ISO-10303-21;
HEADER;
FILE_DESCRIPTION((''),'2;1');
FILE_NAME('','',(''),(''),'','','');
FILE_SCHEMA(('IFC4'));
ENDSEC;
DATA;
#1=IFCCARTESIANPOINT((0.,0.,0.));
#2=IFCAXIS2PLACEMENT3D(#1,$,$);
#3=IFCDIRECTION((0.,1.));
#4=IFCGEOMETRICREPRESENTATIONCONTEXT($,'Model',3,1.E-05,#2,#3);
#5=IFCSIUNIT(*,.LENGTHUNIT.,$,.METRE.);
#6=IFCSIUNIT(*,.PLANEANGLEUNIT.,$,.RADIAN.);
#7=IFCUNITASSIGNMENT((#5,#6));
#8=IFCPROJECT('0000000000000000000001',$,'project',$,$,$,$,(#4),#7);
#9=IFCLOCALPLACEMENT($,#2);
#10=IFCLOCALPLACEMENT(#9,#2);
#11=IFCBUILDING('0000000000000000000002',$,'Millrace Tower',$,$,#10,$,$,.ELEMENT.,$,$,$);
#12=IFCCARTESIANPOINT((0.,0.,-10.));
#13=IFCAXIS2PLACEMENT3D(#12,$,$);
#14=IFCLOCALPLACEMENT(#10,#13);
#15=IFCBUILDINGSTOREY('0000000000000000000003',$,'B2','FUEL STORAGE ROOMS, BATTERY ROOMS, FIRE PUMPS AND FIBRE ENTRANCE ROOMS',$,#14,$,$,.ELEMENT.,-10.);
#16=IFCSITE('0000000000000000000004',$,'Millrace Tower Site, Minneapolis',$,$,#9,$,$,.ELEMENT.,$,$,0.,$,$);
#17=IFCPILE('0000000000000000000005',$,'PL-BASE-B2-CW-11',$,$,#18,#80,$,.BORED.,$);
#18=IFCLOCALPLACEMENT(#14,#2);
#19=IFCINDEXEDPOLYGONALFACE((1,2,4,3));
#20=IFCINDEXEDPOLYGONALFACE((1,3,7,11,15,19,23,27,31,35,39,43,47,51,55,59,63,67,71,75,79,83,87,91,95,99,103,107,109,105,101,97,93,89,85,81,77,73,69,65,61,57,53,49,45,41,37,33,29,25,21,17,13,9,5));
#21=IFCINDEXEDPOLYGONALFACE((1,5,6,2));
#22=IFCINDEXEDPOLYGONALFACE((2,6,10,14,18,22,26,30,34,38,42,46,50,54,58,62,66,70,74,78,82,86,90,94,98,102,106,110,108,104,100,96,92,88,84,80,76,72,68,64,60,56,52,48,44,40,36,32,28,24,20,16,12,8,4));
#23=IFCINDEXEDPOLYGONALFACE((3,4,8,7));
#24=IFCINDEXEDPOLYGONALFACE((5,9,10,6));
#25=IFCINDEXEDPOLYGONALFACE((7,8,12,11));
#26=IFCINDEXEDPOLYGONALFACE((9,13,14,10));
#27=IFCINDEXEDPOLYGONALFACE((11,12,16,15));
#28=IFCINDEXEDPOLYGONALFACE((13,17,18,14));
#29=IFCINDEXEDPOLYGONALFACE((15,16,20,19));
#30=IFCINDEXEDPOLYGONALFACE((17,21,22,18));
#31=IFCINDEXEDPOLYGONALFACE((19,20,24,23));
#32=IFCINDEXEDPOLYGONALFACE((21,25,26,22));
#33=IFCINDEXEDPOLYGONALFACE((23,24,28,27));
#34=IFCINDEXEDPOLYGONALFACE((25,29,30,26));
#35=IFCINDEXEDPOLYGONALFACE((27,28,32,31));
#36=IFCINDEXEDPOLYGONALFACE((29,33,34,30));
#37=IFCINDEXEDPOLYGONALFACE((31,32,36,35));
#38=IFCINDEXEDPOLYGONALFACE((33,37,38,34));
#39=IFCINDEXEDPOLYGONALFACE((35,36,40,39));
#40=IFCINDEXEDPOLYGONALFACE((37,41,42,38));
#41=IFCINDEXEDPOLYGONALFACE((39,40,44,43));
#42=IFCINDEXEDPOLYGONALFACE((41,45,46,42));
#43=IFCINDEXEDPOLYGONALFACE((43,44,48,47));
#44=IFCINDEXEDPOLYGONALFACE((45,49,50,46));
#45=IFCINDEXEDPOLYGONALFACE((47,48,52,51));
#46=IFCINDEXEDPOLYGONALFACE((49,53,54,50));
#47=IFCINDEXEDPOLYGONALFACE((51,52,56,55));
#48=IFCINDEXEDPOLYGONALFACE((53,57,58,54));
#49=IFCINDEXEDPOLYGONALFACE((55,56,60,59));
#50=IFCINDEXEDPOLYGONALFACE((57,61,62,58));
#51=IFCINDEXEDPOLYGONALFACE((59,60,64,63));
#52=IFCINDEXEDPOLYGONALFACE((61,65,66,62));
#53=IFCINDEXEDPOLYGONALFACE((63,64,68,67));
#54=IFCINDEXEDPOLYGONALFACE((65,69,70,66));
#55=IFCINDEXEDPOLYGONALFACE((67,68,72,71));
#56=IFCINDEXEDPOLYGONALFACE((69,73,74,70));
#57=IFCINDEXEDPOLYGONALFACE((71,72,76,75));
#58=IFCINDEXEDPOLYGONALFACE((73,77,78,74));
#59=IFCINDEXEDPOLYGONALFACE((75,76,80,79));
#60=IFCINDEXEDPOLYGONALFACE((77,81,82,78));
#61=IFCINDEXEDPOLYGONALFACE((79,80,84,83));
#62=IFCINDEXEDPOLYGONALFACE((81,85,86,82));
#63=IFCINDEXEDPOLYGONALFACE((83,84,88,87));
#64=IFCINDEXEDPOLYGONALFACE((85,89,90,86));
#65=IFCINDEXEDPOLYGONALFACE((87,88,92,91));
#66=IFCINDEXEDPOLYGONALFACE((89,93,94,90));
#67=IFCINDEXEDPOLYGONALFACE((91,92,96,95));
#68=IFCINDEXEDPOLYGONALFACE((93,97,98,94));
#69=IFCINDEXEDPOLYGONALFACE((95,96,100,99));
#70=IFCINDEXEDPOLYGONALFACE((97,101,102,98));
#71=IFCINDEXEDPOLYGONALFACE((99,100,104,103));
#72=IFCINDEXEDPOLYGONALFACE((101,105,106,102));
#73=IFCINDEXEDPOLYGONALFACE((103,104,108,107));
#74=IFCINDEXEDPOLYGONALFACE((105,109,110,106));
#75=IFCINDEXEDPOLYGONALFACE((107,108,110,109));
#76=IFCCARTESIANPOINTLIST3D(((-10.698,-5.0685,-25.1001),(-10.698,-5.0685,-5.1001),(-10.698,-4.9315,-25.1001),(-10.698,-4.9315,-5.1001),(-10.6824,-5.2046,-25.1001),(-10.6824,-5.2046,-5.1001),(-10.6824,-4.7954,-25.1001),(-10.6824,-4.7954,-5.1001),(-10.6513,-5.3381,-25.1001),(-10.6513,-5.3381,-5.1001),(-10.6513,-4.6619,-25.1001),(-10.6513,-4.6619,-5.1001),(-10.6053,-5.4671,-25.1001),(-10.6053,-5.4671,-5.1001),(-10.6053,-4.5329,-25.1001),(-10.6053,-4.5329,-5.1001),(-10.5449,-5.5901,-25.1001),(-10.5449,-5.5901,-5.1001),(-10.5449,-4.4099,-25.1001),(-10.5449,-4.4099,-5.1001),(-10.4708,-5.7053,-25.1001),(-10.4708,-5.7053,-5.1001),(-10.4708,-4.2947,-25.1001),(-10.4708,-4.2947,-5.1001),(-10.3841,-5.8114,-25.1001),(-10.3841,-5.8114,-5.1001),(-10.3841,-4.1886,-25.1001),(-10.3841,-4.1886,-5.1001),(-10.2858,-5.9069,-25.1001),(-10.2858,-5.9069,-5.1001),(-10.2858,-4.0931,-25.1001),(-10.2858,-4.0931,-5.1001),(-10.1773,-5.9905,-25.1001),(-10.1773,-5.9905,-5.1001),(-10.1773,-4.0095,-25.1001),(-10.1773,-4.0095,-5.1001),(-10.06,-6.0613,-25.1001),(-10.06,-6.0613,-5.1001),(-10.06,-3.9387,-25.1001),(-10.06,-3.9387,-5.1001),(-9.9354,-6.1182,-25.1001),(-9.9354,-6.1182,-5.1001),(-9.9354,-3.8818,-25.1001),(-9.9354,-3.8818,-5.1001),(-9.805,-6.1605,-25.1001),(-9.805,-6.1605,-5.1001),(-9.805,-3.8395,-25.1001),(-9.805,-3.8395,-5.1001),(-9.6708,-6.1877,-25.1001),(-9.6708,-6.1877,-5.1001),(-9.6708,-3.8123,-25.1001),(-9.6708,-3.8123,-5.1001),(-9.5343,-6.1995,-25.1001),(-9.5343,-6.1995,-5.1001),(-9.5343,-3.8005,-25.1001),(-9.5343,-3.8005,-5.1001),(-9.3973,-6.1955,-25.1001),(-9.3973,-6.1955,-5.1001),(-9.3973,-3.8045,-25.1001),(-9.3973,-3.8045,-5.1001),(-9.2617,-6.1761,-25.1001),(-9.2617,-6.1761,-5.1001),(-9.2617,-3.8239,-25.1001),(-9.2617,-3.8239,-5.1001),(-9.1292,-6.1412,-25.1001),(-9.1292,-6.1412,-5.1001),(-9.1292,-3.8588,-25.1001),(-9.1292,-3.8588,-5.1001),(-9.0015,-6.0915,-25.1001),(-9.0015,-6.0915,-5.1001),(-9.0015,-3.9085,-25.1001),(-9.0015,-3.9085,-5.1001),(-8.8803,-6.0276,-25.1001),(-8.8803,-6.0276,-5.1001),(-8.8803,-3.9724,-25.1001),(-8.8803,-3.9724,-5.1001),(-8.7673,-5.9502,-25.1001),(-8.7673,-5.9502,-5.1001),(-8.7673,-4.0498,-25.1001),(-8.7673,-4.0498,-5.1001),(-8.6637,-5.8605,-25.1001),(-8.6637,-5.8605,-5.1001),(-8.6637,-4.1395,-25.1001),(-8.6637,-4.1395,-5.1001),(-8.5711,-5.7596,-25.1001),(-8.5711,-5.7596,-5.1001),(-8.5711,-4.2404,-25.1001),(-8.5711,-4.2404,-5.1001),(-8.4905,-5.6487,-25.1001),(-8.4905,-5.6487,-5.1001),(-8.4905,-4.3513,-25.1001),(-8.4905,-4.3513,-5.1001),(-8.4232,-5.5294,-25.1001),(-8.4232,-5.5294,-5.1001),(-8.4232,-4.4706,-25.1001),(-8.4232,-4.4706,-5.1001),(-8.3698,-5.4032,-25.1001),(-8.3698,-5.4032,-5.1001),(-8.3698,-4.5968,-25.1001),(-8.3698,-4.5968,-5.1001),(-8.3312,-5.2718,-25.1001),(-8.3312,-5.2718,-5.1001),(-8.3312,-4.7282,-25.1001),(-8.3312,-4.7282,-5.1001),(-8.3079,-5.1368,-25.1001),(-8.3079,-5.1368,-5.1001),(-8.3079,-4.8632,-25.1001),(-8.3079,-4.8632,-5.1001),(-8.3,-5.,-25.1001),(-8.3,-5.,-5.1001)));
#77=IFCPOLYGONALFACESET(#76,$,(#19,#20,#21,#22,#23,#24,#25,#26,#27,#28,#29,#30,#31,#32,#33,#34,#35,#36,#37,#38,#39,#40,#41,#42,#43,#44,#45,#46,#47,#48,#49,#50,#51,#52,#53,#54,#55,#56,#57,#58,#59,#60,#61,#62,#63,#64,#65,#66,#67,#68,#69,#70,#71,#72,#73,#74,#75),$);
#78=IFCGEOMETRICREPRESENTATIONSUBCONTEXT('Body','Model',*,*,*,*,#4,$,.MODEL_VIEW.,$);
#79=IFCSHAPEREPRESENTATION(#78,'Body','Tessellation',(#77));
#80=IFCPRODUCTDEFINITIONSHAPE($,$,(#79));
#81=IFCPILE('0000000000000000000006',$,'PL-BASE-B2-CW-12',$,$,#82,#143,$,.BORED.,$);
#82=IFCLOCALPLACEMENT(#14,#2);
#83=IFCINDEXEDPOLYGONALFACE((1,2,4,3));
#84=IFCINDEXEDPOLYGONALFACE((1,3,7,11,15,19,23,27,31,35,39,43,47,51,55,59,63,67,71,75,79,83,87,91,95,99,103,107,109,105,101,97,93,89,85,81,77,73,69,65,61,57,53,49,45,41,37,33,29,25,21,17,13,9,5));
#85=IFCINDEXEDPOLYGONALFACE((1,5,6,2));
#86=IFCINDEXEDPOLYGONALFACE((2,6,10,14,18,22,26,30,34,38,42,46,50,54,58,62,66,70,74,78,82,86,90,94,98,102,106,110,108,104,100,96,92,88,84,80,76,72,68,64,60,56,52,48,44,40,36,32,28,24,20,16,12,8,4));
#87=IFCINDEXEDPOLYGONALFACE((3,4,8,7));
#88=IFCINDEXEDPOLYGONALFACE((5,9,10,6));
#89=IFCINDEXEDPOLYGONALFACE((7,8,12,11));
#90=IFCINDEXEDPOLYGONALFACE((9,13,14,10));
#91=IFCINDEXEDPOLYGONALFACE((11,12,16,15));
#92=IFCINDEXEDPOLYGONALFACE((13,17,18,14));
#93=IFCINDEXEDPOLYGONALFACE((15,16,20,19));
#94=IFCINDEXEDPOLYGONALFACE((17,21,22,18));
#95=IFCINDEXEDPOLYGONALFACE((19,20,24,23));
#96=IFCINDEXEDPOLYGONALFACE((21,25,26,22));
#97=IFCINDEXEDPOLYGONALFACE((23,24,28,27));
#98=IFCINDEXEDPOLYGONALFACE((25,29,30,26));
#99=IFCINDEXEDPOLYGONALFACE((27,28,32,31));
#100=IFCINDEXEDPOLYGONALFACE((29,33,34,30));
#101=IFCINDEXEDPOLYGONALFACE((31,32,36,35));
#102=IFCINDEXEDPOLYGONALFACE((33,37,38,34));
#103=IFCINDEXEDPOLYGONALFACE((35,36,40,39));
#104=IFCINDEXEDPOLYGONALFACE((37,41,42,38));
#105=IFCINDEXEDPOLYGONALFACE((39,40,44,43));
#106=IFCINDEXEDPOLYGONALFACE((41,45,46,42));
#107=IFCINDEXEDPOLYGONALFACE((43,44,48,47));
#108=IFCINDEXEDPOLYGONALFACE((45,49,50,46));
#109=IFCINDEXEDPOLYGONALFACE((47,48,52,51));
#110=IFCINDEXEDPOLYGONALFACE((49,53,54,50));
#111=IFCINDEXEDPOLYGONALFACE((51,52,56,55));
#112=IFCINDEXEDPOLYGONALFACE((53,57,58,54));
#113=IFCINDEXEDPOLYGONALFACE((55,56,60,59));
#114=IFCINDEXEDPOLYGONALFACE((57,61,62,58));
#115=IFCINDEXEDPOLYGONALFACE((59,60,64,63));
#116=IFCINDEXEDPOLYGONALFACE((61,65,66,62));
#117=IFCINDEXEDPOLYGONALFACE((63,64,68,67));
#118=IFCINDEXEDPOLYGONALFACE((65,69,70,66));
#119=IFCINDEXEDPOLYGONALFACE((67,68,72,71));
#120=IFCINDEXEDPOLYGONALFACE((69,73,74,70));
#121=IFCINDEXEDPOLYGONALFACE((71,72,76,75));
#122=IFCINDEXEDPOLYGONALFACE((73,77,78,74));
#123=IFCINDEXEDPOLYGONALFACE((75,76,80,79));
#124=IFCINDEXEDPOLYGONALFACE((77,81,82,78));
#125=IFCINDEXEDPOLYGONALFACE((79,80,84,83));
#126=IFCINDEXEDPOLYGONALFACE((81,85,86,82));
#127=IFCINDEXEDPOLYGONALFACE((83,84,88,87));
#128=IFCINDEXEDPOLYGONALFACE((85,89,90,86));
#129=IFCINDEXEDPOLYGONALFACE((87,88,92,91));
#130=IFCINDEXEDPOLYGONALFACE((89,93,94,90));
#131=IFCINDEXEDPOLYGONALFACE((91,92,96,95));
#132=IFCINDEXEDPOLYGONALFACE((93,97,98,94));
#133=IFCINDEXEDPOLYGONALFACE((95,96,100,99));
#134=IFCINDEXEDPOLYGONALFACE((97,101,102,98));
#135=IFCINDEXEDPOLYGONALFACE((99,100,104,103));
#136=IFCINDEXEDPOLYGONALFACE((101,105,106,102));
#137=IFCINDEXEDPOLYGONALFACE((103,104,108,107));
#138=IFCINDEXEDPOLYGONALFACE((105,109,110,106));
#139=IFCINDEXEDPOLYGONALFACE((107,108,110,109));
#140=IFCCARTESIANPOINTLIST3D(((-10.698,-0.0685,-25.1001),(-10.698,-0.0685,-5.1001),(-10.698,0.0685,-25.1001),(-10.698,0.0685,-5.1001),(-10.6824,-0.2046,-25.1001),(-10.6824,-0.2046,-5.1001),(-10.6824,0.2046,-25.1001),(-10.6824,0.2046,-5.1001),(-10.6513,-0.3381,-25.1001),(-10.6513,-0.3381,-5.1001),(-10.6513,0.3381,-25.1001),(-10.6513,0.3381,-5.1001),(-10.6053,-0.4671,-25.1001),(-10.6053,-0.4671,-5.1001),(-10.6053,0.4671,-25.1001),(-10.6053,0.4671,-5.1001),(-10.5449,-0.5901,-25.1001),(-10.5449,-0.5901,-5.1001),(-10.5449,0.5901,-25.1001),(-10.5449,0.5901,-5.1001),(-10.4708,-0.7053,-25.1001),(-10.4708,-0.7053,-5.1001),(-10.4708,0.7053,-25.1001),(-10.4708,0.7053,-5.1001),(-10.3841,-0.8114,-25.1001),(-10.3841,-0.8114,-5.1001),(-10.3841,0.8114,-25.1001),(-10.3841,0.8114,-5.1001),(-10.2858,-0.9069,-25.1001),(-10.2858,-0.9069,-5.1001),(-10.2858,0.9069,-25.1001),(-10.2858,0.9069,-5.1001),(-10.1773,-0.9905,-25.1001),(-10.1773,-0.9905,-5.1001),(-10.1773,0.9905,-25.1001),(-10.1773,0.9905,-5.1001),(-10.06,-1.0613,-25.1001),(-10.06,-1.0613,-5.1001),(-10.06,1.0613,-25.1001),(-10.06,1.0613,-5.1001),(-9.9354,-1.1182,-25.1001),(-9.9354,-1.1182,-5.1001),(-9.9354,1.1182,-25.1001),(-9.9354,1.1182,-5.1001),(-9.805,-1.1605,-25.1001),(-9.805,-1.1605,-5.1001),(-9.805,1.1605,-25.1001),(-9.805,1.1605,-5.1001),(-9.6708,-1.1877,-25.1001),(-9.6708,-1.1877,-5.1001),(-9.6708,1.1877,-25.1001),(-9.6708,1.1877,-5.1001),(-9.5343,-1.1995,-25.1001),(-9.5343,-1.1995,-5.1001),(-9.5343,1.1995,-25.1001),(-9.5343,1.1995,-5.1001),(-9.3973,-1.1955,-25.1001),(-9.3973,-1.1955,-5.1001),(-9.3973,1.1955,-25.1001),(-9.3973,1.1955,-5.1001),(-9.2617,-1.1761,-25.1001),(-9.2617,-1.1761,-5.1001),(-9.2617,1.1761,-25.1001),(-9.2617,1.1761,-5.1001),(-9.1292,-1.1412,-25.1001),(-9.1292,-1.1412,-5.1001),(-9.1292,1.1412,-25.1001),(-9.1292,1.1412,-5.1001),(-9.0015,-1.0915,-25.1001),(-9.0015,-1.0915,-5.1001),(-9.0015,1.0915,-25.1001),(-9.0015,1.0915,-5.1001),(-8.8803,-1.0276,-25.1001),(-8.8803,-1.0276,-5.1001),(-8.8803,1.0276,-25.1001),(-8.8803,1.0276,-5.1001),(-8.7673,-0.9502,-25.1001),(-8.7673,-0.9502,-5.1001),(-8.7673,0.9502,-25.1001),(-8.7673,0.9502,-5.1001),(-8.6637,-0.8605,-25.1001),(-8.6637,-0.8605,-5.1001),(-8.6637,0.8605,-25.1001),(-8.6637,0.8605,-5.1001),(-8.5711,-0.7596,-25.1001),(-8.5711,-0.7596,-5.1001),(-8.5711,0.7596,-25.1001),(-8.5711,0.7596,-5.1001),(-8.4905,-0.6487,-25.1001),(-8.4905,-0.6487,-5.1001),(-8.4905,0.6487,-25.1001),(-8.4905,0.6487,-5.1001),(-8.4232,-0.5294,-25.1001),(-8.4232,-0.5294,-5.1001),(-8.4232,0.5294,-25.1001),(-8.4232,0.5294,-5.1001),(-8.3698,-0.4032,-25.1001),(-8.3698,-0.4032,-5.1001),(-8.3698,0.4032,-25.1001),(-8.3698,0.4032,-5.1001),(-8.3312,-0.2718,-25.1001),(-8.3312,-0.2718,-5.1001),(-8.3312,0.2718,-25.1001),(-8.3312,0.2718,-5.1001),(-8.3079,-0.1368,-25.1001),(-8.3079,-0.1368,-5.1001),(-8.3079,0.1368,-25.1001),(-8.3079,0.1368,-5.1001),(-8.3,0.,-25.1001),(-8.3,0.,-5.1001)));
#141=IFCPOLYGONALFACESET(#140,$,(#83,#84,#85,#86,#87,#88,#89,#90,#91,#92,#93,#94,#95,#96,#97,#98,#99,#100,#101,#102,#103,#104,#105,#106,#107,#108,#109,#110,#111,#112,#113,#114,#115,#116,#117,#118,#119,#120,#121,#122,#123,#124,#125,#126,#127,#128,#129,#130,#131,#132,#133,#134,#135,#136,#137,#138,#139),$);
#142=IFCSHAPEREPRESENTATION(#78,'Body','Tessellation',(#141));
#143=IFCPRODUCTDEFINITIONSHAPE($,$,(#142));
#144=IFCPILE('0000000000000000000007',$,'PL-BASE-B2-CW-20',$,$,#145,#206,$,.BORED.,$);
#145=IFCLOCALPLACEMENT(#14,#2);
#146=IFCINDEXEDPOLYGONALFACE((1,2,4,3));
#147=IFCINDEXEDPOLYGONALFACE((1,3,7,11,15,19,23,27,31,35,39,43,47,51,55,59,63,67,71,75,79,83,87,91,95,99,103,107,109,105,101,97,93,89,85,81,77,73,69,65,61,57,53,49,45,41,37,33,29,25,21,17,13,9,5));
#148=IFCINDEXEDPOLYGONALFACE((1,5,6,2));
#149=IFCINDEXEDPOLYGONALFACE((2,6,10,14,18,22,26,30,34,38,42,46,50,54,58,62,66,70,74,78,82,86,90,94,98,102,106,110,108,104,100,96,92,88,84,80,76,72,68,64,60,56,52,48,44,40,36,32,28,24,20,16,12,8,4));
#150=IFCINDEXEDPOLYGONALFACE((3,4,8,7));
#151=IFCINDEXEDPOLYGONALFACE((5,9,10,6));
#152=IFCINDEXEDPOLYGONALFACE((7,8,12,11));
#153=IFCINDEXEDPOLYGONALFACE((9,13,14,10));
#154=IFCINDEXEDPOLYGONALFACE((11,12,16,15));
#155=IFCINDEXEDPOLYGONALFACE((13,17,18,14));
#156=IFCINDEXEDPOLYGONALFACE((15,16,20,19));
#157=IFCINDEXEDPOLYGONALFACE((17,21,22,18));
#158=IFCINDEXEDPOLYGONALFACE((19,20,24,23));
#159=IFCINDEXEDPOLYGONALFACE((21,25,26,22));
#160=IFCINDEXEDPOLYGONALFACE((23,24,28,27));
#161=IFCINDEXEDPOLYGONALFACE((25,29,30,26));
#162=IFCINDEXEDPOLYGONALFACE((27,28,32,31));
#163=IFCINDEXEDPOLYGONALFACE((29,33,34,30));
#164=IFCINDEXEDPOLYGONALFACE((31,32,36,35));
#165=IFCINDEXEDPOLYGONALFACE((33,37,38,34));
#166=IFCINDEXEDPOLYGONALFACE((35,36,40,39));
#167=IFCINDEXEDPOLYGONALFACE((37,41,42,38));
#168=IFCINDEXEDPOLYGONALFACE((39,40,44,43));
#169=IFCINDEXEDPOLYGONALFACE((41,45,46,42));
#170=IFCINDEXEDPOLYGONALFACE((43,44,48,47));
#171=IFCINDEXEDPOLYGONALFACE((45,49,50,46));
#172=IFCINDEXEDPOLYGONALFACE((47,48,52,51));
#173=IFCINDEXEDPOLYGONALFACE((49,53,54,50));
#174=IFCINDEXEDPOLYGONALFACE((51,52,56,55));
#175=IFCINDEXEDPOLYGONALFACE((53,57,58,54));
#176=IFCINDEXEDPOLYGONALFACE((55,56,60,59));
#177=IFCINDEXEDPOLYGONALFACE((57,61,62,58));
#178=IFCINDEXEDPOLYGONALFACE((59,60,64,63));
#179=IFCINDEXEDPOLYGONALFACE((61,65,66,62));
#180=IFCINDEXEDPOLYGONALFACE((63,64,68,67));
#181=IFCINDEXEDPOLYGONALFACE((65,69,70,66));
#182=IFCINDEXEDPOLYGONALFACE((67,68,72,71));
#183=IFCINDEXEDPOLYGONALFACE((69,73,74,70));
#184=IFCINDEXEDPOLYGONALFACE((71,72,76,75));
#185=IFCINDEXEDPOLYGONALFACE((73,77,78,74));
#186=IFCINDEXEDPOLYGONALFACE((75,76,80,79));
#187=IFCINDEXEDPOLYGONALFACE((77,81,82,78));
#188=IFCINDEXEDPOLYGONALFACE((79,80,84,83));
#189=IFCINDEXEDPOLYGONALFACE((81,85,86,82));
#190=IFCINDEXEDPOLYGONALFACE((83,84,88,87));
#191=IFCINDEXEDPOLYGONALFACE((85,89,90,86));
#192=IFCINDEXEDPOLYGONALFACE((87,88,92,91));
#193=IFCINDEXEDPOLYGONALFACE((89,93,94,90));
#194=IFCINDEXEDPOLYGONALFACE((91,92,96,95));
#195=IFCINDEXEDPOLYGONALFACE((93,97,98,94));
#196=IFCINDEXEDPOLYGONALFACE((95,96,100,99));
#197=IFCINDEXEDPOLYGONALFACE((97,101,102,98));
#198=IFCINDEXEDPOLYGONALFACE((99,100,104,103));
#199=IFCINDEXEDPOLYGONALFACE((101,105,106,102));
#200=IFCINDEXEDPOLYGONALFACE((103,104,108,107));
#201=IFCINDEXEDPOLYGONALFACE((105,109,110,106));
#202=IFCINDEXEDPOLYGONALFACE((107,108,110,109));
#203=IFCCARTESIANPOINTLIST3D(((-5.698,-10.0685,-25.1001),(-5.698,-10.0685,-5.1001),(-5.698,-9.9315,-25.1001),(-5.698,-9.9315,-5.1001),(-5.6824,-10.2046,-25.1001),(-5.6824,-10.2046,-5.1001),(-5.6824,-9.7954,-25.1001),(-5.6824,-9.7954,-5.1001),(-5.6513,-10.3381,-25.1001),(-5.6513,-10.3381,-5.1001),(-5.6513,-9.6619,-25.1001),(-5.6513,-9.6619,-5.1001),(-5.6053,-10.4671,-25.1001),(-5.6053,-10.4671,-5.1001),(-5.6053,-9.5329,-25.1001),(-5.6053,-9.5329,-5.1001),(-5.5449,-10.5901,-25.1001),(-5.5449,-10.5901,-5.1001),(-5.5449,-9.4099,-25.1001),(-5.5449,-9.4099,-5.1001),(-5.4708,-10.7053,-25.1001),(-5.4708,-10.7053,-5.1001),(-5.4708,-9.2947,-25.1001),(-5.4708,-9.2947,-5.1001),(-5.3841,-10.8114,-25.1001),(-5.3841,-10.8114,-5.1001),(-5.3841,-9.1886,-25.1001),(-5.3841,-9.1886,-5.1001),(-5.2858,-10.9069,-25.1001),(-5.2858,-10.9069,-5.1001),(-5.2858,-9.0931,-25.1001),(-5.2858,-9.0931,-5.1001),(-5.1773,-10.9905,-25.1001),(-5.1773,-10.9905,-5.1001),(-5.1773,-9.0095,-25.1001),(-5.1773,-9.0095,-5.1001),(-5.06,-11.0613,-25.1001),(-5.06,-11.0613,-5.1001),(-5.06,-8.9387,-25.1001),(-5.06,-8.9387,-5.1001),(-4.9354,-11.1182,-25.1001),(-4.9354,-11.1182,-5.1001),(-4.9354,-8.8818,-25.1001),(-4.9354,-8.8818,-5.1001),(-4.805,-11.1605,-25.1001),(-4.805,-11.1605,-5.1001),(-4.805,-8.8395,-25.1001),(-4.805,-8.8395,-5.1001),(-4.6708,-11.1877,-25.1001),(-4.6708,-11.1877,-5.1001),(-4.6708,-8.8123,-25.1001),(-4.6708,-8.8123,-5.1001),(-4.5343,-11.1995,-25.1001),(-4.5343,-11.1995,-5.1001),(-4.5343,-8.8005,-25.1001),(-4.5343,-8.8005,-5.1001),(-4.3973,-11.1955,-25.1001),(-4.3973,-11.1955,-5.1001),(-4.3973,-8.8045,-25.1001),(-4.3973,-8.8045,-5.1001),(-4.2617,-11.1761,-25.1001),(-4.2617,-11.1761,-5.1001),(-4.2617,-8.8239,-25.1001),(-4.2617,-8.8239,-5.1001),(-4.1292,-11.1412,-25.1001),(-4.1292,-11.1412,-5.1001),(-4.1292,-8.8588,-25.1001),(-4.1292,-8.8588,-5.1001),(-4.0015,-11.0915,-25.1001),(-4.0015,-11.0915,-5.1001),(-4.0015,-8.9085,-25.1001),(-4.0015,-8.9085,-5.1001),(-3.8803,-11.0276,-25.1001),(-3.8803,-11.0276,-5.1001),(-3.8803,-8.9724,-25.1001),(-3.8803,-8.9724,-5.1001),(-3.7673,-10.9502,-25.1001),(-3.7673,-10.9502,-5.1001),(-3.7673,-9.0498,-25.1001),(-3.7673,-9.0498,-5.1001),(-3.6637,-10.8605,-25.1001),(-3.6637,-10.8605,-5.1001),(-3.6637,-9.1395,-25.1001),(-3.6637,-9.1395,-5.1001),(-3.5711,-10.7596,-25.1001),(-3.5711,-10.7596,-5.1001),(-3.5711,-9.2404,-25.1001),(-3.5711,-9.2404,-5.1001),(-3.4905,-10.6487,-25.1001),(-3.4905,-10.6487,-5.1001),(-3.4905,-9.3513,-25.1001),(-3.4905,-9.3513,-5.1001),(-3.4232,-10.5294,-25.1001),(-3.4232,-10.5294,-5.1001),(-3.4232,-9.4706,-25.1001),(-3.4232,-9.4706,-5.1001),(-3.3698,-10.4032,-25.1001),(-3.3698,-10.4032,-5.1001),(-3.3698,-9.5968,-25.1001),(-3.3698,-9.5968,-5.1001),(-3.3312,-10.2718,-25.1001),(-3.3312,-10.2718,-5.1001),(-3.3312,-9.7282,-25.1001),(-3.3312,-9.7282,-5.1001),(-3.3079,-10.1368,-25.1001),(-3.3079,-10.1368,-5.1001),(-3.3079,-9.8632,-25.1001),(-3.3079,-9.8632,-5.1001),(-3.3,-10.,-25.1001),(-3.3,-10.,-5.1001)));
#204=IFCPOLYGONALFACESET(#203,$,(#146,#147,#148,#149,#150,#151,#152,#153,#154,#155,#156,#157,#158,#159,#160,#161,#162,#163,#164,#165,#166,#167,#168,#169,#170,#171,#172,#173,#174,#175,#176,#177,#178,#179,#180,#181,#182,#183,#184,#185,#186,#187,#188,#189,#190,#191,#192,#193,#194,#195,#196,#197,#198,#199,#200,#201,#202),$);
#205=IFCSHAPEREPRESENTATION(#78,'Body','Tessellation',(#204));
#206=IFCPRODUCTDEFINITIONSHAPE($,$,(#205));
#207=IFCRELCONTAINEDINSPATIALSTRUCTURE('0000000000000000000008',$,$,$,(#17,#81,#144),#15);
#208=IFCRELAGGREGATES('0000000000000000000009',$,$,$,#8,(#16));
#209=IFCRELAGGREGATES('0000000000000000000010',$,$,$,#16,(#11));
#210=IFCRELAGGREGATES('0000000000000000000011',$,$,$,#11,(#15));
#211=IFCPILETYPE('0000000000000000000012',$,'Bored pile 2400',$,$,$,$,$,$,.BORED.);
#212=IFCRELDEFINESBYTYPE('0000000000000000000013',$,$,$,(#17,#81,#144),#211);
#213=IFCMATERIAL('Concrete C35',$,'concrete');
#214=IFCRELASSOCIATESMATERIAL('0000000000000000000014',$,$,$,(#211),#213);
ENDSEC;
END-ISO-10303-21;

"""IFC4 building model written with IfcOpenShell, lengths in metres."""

from ifc_helpers import new_model, si_unit, direction, frame, origin, origin_2d, place, context, subcontext, project, spatial, circle, extrude, material, material_profile, profile_set, type_object, element, save


model = new_model("IFC4")

# Units and contexts
model_context = context("Model", 3, precision=1e-05, world=origin(), true_north=direction((0.0, 1.0)))
body_context = subcontext(model_context, "Body", "Model", "MODEL_VIEW")
ifc_project = project(units=[si_unit("LENGTHUNIT", "METRE"), si_unit("PLANEANGLEUNIT", "RADIAN")], contexts=[model_context])

# Site, building, storey
site_placement = place(None, origin())
site = spatial("IfcSite", under=ifc_project, at=site_placement, Name="Millrace Tower Site, Minneapolis", CompositionType="ELEMENT", RefElevation=0.0)
building_placement = place(site_placement, origin())
building = spatial("IfcBuilding", under=site, at=building_placement, Name="Millrace Tower", CompositionType="ELEMENT")
storey_placement = place(building_placement, frame((0.0, 0.0, -10.0)))
storey = spatial("IfcBuildingStorey", under=building, at=storey_placement, Name="B2", Description="FUEL STORAGE ROOMS, BATTERY ROOMS, FIRE PUMPS AND FIBRE ENTRANCE ROOMS", CompositionType="ELEMENT", Elevation=-10.0)

# Piles
ifc_material_1 = material(Name="Concrete C35", Category="concrete")
ifc_material_profile_1 = material_profile(ifc_material_1, circle(Radius=1.2, at=origin_2d()))
ifc_profile_set_1 = profile_set([ifc_material_profile_1], Name="Concrete C35")
pile_type = type_object("IfcPileType", Name="Bored pile 2400", PredefinedType="BORED", material=ifc_profile_set_1)
for number, where, z_axis, x_axis, name in (
    (1, (-9.5, -5.0, -5.1001), (0.0, 0.0, -1.0), (1.0, 0.0, 0.0), "PL-BASE-B2-CW-11"),
    (2, (-9.5, 0.0, -5.1001), (0.0, 0.0, -1.0), (1.0, 0.0, 0.0), "PL-BASE-B2-CW-12"),
    (3, (-4.5, -10.0, -5.1001), (0.0, 0.0, -1.0), (1.0, 0.0, 0.0), "PL-BASE-B2-CW-20"),
):
    element("IfcPile", number, at=place(storey_placement, frame(where, z_axis=z_axis, x_axis=x_axis)), inside=storey, type_object=pile_type, Name=name, PredefinedType="BORED", context=body_context, shape_type="SweptSolid", body=[
        extrude(circle(Radius=1.2, at=origin_2d()), origin(), (0.0, 0.0, 1.0), 20.0),
    ])

save(model, "model.ifc")
